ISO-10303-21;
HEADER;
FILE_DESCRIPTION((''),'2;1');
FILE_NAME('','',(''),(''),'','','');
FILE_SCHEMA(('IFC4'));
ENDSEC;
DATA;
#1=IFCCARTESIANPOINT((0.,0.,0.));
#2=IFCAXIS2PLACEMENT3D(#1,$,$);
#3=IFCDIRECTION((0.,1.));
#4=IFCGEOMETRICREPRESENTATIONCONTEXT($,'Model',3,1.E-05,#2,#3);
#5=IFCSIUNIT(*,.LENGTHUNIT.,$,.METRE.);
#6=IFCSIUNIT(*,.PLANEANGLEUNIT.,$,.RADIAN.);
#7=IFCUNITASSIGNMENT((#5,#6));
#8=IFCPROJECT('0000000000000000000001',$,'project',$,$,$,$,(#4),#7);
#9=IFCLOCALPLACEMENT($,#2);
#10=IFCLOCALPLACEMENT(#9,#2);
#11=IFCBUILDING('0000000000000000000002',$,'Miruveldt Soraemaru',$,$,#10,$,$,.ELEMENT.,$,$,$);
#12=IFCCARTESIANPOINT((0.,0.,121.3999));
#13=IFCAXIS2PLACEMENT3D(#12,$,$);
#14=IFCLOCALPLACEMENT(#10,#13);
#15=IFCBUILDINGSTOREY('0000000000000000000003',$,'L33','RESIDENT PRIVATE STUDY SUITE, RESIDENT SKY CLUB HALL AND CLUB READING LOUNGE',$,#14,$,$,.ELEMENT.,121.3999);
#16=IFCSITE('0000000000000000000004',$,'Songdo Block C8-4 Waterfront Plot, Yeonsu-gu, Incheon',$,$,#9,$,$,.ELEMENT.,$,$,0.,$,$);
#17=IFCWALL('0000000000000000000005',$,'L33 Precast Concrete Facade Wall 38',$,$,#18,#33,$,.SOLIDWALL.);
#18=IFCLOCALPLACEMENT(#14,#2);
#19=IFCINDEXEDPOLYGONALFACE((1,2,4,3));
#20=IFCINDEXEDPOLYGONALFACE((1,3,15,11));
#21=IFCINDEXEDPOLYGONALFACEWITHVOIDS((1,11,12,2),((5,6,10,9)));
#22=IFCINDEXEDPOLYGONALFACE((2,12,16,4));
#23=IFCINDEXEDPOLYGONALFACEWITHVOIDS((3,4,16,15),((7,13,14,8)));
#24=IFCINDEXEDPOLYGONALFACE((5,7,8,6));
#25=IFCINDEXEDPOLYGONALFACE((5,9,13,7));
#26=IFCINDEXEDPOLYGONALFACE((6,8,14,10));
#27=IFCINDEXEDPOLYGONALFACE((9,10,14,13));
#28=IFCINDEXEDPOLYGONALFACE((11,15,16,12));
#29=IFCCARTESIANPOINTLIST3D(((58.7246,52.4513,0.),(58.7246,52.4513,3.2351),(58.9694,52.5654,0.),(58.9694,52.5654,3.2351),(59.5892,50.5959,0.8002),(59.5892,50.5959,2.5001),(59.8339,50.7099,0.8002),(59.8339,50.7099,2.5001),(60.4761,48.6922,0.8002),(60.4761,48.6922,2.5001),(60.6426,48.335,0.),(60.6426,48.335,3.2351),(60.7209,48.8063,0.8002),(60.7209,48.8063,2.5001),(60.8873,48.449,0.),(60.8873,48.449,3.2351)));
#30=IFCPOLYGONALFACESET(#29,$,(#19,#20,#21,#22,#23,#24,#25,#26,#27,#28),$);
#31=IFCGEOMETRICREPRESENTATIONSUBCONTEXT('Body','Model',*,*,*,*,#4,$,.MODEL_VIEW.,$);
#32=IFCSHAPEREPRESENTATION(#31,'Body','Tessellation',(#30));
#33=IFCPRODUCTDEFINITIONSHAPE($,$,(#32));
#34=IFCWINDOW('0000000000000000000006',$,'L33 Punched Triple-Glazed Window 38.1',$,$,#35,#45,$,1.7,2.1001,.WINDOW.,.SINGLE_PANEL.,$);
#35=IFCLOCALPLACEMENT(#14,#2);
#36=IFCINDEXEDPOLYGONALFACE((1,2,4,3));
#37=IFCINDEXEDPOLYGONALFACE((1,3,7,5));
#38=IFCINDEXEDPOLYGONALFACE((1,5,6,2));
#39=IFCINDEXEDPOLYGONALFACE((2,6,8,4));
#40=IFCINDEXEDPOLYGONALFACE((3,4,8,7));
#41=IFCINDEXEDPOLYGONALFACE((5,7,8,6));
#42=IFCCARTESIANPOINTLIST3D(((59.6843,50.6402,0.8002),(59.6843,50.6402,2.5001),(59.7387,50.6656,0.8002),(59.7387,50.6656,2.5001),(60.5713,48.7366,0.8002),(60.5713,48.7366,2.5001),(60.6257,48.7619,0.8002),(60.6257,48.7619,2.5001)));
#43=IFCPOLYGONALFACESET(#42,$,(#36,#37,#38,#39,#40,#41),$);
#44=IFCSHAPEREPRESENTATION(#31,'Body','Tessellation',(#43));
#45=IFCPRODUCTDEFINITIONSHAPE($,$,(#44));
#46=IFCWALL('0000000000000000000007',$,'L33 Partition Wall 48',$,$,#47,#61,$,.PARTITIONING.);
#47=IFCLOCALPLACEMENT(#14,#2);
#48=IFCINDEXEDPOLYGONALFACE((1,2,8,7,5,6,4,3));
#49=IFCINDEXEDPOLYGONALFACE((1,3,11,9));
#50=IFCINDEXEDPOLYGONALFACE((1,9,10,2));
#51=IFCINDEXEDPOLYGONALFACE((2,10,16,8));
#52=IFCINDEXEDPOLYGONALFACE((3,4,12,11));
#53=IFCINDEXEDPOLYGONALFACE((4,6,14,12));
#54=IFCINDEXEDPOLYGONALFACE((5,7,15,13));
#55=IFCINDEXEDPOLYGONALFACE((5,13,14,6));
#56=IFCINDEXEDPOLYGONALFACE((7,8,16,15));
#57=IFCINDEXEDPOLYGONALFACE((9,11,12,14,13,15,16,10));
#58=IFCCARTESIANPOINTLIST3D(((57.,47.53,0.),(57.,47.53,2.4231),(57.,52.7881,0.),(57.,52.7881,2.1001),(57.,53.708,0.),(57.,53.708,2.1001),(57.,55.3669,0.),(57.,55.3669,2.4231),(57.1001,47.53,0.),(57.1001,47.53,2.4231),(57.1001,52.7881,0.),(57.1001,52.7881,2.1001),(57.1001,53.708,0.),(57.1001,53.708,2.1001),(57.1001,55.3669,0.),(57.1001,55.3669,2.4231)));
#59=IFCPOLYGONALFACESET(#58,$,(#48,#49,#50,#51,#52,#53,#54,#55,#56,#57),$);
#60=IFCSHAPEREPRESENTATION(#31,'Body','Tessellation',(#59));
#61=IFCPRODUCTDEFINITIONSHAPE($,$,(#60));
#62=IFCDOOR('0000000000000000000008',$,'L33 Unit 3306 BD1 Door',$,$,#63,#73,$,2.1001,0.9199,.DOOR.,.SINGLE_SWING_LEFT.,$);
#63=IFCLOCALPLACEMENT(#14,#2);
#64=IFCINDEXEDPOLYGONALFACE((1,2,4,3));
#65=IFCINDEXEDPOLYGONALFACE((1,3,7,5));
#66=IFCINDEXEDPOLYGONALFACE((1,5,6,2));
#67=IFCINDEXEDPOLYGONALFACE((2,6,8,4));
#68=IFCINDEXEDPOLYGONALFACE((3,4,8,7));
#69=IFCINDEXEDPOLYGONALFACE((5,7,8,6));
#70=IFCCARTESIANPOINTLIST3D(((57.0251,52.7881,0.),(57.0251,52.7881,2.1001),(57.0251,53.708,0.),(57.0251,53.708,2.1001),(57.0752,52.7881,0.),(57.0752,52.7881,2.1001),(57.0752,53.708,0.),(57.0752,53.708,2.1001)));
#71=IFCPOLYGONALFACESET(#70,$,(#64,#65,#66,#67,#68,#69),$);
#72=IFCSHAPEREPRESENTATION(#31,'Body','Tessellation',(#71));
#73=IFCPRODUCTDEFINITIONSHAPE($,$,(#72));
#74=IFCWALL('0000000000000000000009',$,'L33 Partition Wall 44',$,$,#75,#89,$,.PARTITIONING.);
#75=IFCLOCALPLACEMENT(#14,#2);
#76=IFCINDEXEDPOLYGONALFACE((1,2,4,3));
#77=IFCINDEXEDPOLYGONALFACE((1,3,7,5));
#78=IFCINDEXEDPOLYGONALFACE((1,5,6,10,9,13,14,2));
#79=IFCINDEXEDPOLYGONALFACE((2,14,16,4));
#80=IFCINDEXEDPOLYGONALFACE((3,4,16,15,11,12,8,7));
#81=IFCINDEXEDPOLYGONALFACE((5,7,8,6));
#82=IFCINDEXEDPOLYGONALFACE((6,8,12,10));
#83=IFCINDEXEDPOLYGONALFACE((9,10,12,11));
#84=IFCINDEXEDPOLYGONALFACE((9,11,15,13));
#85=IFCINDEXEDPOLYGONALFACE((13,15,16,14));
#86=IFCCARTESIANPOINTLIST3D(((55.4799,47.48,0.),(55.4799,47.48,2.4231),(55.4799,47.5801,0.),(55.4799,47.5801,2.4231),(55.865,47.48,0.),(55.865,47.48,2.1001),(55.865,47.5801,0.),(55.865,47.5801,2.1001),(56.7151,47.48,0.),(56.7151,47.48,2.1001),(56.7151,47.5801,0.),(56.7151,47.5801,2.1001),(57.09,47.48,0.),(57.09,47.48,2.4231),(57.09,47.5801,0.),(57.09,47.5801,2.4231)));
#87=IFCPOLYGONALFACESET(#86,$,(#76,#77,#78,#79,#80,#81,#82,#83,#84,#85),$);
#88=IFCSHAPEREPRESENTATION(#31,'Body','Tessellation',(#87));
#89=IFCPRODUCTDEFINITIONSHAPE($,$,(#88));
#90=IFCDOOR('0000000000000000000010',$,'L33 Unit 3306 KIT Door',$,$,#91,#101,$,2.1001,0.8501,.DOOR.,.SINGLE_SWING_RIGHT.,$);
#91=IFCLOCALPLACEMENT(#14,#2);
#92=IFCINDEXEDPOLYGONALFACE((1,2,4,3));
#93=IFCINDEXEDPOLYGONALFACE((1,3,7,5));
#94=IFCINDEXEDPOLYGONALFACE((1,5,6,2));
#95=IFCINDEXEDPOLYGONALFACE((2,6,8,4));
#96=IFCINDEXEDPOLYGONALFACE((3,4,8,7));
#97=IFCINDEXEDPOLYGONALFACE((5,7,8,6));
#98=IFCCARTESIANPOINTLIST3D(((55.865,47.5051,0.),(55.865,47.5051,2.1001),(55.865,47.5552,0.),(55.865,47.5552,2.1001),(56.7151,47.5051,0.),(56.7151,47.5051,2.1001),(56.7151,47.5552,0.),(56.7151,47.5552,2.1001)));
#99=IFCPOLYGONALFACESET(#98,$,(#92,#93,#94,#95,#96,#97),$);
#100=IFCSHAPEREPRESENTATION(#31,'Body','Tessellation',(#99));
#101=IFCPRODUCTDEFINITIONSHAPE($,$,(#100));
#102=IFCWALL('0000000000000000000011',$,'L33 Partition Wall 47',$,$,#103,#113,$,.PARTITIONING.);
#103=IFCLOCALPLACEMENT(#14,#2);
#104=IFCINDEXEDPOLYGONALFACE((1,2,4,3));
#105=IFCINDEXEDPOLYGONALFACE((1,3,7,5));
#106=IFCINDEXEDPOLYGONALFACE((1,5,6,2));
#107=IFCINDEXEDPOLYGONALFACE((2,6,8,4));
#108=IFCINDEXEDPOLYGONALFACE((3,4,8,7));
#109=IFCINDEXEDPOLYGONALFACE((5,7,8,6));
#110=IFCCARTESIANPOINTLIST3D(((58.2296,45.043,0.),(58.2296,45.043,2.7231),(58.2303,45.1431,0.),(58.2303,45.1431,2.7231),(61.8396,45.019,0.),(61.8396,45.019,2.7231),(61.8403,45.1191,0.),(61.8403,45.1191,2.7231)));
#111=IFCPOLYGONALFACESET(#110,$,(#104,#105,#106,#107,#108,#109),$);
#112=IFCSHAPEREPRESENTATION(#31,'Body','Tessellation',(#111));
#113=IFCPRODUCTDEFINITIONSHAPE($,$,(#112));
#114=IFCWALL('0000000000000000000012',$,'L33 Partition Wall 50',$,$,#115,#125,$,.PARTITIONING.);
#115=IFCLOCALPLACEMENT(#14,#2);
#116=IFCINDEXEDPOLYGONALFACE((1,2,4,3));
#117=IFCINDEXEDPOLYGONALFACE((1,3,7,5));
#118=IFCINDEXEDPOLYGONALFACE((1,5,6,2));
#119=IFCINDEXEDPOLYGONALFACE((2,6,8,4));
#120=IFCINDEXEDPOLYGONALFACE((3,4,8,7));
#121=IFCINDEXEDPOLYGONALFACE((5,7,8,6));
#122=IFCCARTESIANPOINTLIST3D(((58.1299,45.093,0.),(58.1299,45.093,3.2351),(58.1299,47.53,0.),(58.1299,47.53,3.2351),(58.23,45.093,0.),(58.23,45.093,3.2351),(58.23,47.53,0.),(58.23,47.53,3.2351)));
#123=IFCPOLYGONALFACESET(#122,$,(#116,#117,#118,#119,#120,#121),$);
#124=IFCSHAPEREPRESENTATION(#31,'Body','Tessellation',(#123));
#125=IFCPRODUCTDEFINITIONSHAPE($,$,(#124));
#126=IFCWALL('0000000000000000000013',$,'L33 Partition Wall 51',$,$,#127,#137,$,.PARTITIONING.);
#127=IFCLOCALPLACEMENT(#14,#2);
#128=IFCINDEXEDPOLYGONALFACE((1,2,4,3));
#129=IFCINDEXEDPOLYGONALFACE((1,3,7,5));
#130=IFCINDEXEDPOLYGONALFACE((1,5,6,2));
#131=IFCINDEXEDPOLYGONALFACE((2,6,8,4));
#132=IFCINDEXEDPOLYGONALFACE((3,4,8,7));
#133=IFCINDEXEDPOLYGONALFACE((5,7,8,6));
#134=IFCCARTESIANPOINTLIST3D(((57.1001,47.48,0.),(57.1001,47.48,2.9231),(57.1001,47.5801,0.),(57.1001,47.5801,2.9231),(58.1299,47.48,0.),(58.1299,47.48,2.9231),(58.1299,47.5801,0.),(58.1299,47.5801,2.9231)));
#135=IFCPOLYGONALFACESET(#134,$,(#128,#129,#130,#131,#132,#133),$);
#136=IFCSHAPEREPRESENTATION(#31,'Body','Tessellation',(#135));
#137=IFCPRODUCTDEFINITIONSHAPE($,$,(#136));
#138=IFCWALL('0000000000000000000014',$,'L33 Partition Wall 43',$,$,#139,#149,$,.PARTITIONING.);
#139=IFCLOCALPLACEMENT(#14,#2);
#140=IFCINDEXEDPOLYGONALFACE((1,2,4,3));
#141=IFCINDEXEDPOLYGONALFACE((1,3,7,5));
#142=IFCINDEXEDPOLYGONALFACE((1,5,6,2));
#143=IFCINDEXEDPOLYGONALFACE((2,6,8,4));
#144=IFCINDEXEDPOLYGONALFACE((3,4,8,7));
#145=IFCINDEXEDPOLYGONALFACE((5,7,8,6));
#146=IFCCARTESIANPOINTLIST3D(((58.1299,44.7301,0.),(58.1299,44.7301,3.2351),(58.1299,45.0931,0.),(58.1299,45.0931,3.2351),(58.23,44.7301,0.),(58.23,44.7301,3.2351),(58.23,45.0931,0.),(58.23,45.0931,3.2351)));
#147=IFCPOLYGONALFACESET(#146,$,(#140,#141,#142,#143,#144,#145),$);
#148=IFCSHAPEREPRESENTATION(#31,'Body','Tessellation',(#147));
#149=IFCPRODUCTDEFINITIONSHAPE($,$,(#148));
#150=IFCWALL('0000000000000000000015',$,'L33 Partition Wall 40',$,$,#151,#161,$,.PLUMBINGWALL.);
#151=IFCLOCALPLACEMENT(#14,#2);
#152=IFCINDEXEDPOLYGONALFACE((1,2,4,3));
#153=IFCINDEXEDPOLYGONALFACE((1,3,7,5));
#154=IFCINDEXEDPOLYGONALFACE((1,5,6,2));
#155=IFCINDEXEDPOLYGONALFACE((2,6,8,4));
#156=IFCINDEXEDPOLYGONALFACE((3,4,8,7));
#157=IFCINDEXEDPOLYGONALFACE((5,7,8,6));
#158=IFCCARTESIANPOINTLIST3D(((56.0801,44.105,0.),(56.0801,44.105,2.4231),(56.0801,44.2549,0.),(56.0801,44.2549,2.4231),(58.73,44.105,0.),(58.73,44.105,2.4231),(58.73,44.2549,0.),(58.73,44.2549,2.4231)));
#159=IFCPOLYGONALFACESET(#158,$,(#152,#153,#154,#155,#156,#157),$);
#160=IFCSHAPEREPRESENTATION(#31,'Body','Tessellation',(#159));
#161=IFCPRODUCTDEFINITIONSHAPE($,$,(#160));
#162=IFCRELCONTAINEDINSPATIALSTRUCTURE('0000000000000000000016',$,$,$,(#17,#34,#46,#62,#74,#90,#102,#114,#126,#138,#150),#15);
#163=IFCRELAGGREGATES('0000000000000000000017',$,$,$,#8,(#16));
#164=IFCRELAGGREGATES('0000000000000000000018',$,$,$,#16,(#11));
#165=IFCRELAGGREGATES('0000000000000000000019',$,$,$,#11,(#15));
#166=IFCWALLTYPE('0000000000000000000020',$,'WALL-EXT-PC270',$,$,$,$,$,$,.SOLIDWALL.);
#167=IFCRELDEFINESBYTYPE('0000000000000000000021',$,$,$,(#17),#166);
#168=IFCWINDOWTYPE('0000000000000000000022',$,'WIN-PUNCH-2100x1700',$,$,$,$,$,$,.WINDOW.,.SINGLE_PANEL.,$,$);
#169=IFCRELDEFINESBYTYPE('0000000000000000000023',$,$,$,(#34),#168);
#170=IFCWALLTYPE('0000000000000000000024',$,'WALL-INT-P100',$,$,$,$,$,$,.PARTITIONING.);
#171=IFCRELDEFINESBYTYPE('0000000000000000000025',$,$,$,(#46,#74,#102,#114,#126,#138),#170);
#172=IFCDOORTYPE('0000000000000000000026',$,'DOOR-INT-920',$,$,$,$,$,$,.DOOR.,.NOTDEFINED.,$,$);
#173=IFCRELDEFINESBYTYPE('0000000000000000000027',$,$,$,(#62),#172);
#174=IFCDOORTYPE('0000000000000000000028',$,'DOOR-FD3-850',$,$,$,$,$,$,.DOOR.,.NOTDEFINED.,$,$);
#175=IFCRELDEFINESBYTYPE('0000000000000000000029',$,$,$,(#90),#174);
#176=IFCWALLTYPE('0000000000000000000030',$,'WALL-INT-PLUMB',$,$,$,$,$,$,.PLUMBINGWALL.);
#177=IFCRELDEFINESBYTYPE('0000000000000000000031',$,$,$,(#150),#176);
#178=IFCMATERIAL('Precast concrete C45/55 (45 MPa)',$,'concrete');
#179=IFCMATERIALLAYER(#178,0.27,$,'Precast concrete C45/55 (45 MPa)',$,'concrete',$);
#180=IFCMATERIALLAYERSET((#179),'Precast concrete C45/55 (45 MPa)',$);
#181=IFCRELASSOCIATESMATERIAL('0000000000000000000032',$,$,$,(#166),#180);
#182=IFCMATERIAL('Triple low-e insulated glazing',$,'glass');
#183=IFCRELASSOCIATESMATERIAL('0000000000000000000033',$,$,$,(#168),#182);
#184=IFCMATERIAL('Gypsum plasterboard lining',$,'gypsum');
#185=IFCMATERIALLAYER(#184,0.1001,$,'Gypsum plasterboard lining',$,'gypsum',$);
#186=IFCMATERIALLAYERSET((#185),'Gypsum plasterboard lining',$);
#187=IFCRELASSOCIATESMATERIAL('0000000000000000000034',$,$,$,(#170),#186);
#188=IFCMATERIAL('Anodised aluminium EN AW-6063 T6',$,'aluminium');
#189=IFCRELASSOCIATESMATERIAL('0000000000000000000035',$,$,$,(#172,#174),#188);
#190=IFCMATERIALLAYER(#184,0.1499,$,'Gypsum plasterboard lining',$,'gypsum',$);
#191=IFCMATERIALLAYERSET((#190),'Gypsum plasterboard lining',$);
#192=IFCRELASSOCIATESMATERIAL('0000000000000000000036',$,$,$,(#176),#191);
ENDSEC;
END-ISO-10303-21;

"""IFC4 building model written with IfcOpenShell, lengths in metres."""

from ifc_helpers import new_model, si_unit, direction, frame, frame_2d, origin, place, context, subcontext, project, spatial, rectangle, extrude, material, layer, layer_set, type_object, element, fill, save


model = new_model("IFC4")

# Units and contexts
model_context = context("Model", 3, precision=1e-05, world=origin(), true_north=direction((0.0, 1.0)))
body_context = subcontext(model_context, "Body", "Model", "MODEL_VIEW")
ifc_project = project(units=[si_unit("LENGTHUNIT", "METRE"), si_unit("PLANEANGLEUNIT", "RADIAN")], contexts=[model_context])

# Site, building, storey
site_placement = place(None, origin())
site = spatial("IfcSite", under=ifc_project, at=site_placement, Name="Songdo Block C8-4 Waterfront Plot, Yeonsu-gu, Incheon", CompositionType="ELEMENT", RefElevation=0.0)
building_placement = place(site_placement, origin())
building = spatial("IfcBuilding", under=site, at=building_placement, Name="Miruveldt Soraemaru", CompositionType="ELEMENT")
storey_placement = place(building_placement, frame((0.0, 0.0, 121.3999)))
storey = spatial("IfcBuildingStorey", under=building, at=storey_placement, Name="L33", Description="RESIDENT PRIVATE STUDY SUITE, RESIDENT SKY CLUB HALL AND CLUB READING LOUNGE", CompositionType="ELEMENT", Elevation=121.3999)

# Shared definitions
ifc_material_1 = material(Name="Anodised aluminium EN AW-6063 T6", Category="aluminium")

# Wall, opening, window
ifc_material_2 = material(Name="Precast concrete C45/55 (45 MPa)", Category="concrete")
ifc_layer_1 = layer(ifc_material_2, 0.27, Name="Precast concrete C45/55 (45 MPa)", Category="concrete")
ifc_layer_set_1 = layer_set([ifc_layer_1], Name="Precast concrete C45/55 (45 MPa)")
wall_type_1 = type_object("IfcWallType", Name="WALL-EXT-PC270", PredefinedType="SOLIDWALL", material=ifc_layer_set_1)
ifc_material_3 = material(Name="Triple low-e insulated glazing", Category="glass")
window_type = type_object("IfcWindowType", Name="WIN-PUNCH-2100x1700", PartitioningType="SINGLE_PANEL", PredefinedType="WINDOW", material=ifc_material_3)
wall_1_placement = place(storey_placement, frame((60.7649, 48.3921, 0.0), z_axis=(0.0, 0.0, 1.0), x_axis=(-0.422335, 0.90644, 0.0)))
wall_1 = element("IfcWall", 1, at=wall_1_placement, inside=storey, type_object=wall_type_1, Name="L33 Precast Concrete Facade Wall 38", PredefinedType="SOLIDWALL", context=body_context, shape_type="SweptSolid", body=[
    extrude(rectangle(XDim=4.5413, YDim=0.27, at=frame_2d((2.2705, 0.0))), origin(), (0.0, 0.0, 1.0), 3.2351),
])
opening_1_placement = place(wall_1_placement, frame((0.394, 0.0, 0.8)))
opening_1 = element("IfcOpeningElement", 2, at=opening_1_placement, cuts=wall_1, PredefinedType="OPENING", context=body_context, shape_type="SweptSolid", body=[
    extrude(rectangle(XDim=2.1001, YDim=1.7, at=frame_2d((1.05, 0.8501))), frame((0.0, 0.145, 0.0), z_axis=(0.0, -1.0, 0.0), x_axis=(1.0, 0.0, 0.0)), (0.0, 0.0, 1.0), 0.29),
])
window_1_placement = place(opening_1_placement, origin())
window_1 = element("IfcWindow", 3, at=window_1_placement, inside=storey, type_object=window_type, Name="L33 Punched Triple-Glazed Window 38.1", OverallHeight=1.7, OverallWidth=2.1001, PartitioningType="SINGLE_PANEL", PredefinedType="WINDOW", context=body_context, shape_type="SweptSolid", body=[
    extrude(rectangle(XDim=2.1001, YDim=1.7, at=frame_2d((1.05, 0.8501))), frame((0.0, 0.03, 0.0), z_axis=(0.0, -1.0, 0.0), x_axis=(1.0, 0.0, 0.0)), (0.0, 0.0, 1.0), 0.0601),
])
fill(opening_1, window_1)

# Walls, openings, doors
ifc_material_4 = material(Name="Gypsum plasterboard lining", Category="gypsum")
ifc_layer_2 = layer(ifc_material_4, 0.1001, Name="Gypsum plasterboard lining", Category="gypsum")
ifc_layer_set_2 = layer_set([ifc_layer_2], Name="Gypsum plasterboard lining")
wall_type_2 = type_object("IfcWallType", Name="WALL-INT-P100", PredefinedType="PARTITIONING", material=ifc_layer_set_2)
wall_2_placement = place(storey_placement, frame((57.05, 47.53, 0.0), z_axis=(0.0, 0.0, 1.0), x_axis=(0.0, 1.0, 0.0)))
wall_2 = element("IfcWall", 4, at=wall_2_placement, inside=storey, type_object=wall_type_2, Name="L33 Partition Wall 48", PredefinedType="PARTITIONING", context=body_context, shape_type="SweptSolid", body=[
    extrude(rectangle(XDim=7.8369, YDim=0.1001, at=frame_2d((3.9185, 0.0))), origin(), (0.0, 0.0, 1.0), 2.4231),
])
opening_2_placement = place(wall_2_placement, frame((5.2581, 0.0, 0.0)))
opening_2 = element("IfcOpeningElement", 5, at=opening_2_placement, cuts=wall_2, PredefinedType="OPENING", context=body_context, shape_type="SweptSolid", body=[
    extrude(rectangle(XDim=0.9199, YDim=2.1001, at=frame_2d((0.46, 1.05))), frame((0.0, 0.0601, 0.0), z_axis=(0.0, -1.0, 0.0), x_axis=(1.0, 0.0, 0.0)), (0.0, 0.0, 1.0), 0.1201),
])
door_type_1 = type_object("IfcDoorType", Name="DOOR-INT-920", OperationType="NOTDEFINED", PredefinedType="DOOR", material=ifc_material_1)
door_1_placement = place(opening_2_placement, origin())
door_1 = element("IfcDoor", 6, at=door_1_placement, inside=storey, type_object=door_type_1, Name="L33 Unit 3306 BD1 Door", OperationType="SINGLE_SWING_LEFT", OverallHeight=2.1001, OverallWidth=0.9199, PredefinedType="DOOR", context=body_context, shape_type="SweptSolid", body=[
    extrude(rectangle(XDim=0.9199, YDim=2.1001, at=frame_2d((0.46, 1.05))), frame((0.0, 0.0249, 0.0), z_axis=(0.0, -1.0, 0.0), x_axis=(1.0, 0.0, 0.0)), (0.0, 0.0, 1.0), 0.05),
])
fill(opening_2, door_1)
wall_3_placement = place(storey_placement, frame((57.0901, 47.53, 0.0), z_axis=(0.0, 0.0, 1.0), x_axis=(-1.0, 0.0, 0.0)))
wall_3 = element("IfcWall", 7, at=wall_3_placement, inside=storey, type_object=wall_type_2, Name="L33 Partition Wall 44", PredefinedType="PARTITIONING", context=body_context, shape_type="SweptSolid", body=[
    extrude(rectangle(XDim=1.6101, YDim=0.1001, at=frame_2d((0.8052, 0.0))), origin(), (0.0, 0.0, 1.0), 2.4231),
])
opening_3_placement = place(wall_3_placement, frame((0.375, 0.0, 0.0)))
opening_3 = element("IfcOpeningElement", 8, at=opening_3_placement, cuts=wall_3, PredefinedType="OPENING", context=body_context, shape_type="SweptSolid", body=[
    extrude(rectangle(XDim=0.8501, YDim=2.1001, at=frame_2d((0.425, 1.05))), frame((0.0, 0.0601, 0.0), z_axis=(0.0, -1.0, 0.0), x_axis=(1.0, 0.0, 0.0)), (0.0, 0.0, 1.0), 0.1201),
])
door_type_2 = type_object("IfcDoorType", Name="DOOR-FD3-850", OperationType="NOTDEFINED", PredefinedType="DOOR", material=ifc_material_1)
door_2_placement = place(opening_3_placement, origin())
door_2 = element("IfcDoor", 9, at=door_2_placement, inside=storey, type_object=door_type_2, Name="L33 Unit 3306 KIT Door", OperationType="SINGLE_SWING_RIGHT", OverallHeight=2.1001, OverallWidth=0.8501, PredefinedType="DOOR", context=body_context, shape_type="SweptSolid", body=[
    extrude(rectangle(XDim=0.8501, YDim=2.1001, at=frame_2d((0.425, 1.05))), frame((0.0, 0.0249, 0.0), z_axis=(0.0, -1.0, 0.0), x_axis=(1.0, 0.0, 0.0)), (0.0, 0.0, 1.0), 0.05),
])
fill(opening_3, door_2)

# Walls
wall_4_placement = place(storey_placement, frame((61.8401, 45.0691, 0.0), z_axis=(0.0, 0.0, 1.0), x_axis=(-0.999978, 0.006627, 0.0)))
element("IfcWall", 10, at=wall_4_placement, inside=storey, type_object=wall_type_2, Name="L33 Partition Wall 47", PredefinedType="PARTITIONING", context=body_context, shape_type="SweptSolid", body=[
    extrude(rectangle(XDim=3.6101, YDim=0.1001, at=frame_2d((1.8052, 0.0))), origin(), (0.0, 0.0, 1.0), 2.7231),
])
wall_5_placement = place(storey_placement, frame((58.1799, 45.093, 0.0), z_axis=(0.0, 0.0, 1.0), x_axis=(0.0, 1.0, 0.0)))
element("IfcWall", 11, at=wall_5_placement, inside=storey, type_object=wall_type_2, Name="L33 Partition Wall 50", PredefinedType="PARTITIONING", context=body_context, shape_type="SweptSolid", body=[
    extrude(rectangle(XDim=2.437, YDim=0.1001, at=frame_2d((1.2185, 0.0))), origin(), (0.0, 0.0, 1.0), 3.2351),
])
wall_6_placement = place(storey_placement, frame((58.1299, 47.53, 0.0), z_axis=(0.0, 0.0, 1.0), x_axis=(-1.0, 0.0, 0.0)))
element("IfcWall", 12, at=wall_6_placement, inside=storey, type_object=wall_type_2, Name="L33 Partition Wall 51", PredefinedType="PARTITIONING", context=body_context, shape_type="SweptSolid", body=[
    extrude(rectangle(XDim=1.0298, YDim=0.1001, at=frame_2d((0.5149, 0.0))), origin(), (0.0, 0.0, 1.0), 2.9231),
])
wall_7_placement = place(storey_placement, frame((58.1799, 44.73, 0.0), z_axis=(0.0, 0.0, 1.0), x_axis=(0.0, 1.0, 0.0)))
element("IfcWall", 13, at=wall_7_placement, inside=storey, type_object=wall_type_2, Name="L33 Partition Wall 43", PredefinedType="PARTITIONING", context=body_context, shape_type="SweptSolid", body=[
    extrude(rectangle(XDim=0.363, YDim=0.1001, at=frame_2d((0.1816, 0.0))), origin(), (0.0, 0.0, 1.0), 3.2351),
])
ifc_layer_3 = layer(ifc_material_4, 0.1499, Name="Gypsum plasterboard lining", Category="gypsum")
ifc_layer_set_3 = layer_set([ifc_layer_3], Name="Gypsum plasterboard lining")
wall_type_3 = type_object("IfcWallType", Name="WALL-INT-PLUMB", PredefinedType="PLUMBINGWALL", material=ifc_layer_set_3)
wall_8_placement = place(storey_placement, frame((58.73, 44.1799, 0.0), z_axis=(0.0, 0.0, 1.0), x_axis=(-1.0, 0.0, 0.0)))
element("IfcWall", 14, at=wall_8_placement, inside=storey, type_object=wall_type_3, Name="L33 Partition Wall 40", PredefinedType="PLUMBINGWALL", context=body_context, shape_type="SweptSolid", body=[
    extrude(rectangle(XDim=2.6499, YDim=0.1499, at=frame_2d((1.325, 0.0))), origin(), (0.0, 0.0, 1.0), 2.4231),
])

save(model, "model.ifc")
